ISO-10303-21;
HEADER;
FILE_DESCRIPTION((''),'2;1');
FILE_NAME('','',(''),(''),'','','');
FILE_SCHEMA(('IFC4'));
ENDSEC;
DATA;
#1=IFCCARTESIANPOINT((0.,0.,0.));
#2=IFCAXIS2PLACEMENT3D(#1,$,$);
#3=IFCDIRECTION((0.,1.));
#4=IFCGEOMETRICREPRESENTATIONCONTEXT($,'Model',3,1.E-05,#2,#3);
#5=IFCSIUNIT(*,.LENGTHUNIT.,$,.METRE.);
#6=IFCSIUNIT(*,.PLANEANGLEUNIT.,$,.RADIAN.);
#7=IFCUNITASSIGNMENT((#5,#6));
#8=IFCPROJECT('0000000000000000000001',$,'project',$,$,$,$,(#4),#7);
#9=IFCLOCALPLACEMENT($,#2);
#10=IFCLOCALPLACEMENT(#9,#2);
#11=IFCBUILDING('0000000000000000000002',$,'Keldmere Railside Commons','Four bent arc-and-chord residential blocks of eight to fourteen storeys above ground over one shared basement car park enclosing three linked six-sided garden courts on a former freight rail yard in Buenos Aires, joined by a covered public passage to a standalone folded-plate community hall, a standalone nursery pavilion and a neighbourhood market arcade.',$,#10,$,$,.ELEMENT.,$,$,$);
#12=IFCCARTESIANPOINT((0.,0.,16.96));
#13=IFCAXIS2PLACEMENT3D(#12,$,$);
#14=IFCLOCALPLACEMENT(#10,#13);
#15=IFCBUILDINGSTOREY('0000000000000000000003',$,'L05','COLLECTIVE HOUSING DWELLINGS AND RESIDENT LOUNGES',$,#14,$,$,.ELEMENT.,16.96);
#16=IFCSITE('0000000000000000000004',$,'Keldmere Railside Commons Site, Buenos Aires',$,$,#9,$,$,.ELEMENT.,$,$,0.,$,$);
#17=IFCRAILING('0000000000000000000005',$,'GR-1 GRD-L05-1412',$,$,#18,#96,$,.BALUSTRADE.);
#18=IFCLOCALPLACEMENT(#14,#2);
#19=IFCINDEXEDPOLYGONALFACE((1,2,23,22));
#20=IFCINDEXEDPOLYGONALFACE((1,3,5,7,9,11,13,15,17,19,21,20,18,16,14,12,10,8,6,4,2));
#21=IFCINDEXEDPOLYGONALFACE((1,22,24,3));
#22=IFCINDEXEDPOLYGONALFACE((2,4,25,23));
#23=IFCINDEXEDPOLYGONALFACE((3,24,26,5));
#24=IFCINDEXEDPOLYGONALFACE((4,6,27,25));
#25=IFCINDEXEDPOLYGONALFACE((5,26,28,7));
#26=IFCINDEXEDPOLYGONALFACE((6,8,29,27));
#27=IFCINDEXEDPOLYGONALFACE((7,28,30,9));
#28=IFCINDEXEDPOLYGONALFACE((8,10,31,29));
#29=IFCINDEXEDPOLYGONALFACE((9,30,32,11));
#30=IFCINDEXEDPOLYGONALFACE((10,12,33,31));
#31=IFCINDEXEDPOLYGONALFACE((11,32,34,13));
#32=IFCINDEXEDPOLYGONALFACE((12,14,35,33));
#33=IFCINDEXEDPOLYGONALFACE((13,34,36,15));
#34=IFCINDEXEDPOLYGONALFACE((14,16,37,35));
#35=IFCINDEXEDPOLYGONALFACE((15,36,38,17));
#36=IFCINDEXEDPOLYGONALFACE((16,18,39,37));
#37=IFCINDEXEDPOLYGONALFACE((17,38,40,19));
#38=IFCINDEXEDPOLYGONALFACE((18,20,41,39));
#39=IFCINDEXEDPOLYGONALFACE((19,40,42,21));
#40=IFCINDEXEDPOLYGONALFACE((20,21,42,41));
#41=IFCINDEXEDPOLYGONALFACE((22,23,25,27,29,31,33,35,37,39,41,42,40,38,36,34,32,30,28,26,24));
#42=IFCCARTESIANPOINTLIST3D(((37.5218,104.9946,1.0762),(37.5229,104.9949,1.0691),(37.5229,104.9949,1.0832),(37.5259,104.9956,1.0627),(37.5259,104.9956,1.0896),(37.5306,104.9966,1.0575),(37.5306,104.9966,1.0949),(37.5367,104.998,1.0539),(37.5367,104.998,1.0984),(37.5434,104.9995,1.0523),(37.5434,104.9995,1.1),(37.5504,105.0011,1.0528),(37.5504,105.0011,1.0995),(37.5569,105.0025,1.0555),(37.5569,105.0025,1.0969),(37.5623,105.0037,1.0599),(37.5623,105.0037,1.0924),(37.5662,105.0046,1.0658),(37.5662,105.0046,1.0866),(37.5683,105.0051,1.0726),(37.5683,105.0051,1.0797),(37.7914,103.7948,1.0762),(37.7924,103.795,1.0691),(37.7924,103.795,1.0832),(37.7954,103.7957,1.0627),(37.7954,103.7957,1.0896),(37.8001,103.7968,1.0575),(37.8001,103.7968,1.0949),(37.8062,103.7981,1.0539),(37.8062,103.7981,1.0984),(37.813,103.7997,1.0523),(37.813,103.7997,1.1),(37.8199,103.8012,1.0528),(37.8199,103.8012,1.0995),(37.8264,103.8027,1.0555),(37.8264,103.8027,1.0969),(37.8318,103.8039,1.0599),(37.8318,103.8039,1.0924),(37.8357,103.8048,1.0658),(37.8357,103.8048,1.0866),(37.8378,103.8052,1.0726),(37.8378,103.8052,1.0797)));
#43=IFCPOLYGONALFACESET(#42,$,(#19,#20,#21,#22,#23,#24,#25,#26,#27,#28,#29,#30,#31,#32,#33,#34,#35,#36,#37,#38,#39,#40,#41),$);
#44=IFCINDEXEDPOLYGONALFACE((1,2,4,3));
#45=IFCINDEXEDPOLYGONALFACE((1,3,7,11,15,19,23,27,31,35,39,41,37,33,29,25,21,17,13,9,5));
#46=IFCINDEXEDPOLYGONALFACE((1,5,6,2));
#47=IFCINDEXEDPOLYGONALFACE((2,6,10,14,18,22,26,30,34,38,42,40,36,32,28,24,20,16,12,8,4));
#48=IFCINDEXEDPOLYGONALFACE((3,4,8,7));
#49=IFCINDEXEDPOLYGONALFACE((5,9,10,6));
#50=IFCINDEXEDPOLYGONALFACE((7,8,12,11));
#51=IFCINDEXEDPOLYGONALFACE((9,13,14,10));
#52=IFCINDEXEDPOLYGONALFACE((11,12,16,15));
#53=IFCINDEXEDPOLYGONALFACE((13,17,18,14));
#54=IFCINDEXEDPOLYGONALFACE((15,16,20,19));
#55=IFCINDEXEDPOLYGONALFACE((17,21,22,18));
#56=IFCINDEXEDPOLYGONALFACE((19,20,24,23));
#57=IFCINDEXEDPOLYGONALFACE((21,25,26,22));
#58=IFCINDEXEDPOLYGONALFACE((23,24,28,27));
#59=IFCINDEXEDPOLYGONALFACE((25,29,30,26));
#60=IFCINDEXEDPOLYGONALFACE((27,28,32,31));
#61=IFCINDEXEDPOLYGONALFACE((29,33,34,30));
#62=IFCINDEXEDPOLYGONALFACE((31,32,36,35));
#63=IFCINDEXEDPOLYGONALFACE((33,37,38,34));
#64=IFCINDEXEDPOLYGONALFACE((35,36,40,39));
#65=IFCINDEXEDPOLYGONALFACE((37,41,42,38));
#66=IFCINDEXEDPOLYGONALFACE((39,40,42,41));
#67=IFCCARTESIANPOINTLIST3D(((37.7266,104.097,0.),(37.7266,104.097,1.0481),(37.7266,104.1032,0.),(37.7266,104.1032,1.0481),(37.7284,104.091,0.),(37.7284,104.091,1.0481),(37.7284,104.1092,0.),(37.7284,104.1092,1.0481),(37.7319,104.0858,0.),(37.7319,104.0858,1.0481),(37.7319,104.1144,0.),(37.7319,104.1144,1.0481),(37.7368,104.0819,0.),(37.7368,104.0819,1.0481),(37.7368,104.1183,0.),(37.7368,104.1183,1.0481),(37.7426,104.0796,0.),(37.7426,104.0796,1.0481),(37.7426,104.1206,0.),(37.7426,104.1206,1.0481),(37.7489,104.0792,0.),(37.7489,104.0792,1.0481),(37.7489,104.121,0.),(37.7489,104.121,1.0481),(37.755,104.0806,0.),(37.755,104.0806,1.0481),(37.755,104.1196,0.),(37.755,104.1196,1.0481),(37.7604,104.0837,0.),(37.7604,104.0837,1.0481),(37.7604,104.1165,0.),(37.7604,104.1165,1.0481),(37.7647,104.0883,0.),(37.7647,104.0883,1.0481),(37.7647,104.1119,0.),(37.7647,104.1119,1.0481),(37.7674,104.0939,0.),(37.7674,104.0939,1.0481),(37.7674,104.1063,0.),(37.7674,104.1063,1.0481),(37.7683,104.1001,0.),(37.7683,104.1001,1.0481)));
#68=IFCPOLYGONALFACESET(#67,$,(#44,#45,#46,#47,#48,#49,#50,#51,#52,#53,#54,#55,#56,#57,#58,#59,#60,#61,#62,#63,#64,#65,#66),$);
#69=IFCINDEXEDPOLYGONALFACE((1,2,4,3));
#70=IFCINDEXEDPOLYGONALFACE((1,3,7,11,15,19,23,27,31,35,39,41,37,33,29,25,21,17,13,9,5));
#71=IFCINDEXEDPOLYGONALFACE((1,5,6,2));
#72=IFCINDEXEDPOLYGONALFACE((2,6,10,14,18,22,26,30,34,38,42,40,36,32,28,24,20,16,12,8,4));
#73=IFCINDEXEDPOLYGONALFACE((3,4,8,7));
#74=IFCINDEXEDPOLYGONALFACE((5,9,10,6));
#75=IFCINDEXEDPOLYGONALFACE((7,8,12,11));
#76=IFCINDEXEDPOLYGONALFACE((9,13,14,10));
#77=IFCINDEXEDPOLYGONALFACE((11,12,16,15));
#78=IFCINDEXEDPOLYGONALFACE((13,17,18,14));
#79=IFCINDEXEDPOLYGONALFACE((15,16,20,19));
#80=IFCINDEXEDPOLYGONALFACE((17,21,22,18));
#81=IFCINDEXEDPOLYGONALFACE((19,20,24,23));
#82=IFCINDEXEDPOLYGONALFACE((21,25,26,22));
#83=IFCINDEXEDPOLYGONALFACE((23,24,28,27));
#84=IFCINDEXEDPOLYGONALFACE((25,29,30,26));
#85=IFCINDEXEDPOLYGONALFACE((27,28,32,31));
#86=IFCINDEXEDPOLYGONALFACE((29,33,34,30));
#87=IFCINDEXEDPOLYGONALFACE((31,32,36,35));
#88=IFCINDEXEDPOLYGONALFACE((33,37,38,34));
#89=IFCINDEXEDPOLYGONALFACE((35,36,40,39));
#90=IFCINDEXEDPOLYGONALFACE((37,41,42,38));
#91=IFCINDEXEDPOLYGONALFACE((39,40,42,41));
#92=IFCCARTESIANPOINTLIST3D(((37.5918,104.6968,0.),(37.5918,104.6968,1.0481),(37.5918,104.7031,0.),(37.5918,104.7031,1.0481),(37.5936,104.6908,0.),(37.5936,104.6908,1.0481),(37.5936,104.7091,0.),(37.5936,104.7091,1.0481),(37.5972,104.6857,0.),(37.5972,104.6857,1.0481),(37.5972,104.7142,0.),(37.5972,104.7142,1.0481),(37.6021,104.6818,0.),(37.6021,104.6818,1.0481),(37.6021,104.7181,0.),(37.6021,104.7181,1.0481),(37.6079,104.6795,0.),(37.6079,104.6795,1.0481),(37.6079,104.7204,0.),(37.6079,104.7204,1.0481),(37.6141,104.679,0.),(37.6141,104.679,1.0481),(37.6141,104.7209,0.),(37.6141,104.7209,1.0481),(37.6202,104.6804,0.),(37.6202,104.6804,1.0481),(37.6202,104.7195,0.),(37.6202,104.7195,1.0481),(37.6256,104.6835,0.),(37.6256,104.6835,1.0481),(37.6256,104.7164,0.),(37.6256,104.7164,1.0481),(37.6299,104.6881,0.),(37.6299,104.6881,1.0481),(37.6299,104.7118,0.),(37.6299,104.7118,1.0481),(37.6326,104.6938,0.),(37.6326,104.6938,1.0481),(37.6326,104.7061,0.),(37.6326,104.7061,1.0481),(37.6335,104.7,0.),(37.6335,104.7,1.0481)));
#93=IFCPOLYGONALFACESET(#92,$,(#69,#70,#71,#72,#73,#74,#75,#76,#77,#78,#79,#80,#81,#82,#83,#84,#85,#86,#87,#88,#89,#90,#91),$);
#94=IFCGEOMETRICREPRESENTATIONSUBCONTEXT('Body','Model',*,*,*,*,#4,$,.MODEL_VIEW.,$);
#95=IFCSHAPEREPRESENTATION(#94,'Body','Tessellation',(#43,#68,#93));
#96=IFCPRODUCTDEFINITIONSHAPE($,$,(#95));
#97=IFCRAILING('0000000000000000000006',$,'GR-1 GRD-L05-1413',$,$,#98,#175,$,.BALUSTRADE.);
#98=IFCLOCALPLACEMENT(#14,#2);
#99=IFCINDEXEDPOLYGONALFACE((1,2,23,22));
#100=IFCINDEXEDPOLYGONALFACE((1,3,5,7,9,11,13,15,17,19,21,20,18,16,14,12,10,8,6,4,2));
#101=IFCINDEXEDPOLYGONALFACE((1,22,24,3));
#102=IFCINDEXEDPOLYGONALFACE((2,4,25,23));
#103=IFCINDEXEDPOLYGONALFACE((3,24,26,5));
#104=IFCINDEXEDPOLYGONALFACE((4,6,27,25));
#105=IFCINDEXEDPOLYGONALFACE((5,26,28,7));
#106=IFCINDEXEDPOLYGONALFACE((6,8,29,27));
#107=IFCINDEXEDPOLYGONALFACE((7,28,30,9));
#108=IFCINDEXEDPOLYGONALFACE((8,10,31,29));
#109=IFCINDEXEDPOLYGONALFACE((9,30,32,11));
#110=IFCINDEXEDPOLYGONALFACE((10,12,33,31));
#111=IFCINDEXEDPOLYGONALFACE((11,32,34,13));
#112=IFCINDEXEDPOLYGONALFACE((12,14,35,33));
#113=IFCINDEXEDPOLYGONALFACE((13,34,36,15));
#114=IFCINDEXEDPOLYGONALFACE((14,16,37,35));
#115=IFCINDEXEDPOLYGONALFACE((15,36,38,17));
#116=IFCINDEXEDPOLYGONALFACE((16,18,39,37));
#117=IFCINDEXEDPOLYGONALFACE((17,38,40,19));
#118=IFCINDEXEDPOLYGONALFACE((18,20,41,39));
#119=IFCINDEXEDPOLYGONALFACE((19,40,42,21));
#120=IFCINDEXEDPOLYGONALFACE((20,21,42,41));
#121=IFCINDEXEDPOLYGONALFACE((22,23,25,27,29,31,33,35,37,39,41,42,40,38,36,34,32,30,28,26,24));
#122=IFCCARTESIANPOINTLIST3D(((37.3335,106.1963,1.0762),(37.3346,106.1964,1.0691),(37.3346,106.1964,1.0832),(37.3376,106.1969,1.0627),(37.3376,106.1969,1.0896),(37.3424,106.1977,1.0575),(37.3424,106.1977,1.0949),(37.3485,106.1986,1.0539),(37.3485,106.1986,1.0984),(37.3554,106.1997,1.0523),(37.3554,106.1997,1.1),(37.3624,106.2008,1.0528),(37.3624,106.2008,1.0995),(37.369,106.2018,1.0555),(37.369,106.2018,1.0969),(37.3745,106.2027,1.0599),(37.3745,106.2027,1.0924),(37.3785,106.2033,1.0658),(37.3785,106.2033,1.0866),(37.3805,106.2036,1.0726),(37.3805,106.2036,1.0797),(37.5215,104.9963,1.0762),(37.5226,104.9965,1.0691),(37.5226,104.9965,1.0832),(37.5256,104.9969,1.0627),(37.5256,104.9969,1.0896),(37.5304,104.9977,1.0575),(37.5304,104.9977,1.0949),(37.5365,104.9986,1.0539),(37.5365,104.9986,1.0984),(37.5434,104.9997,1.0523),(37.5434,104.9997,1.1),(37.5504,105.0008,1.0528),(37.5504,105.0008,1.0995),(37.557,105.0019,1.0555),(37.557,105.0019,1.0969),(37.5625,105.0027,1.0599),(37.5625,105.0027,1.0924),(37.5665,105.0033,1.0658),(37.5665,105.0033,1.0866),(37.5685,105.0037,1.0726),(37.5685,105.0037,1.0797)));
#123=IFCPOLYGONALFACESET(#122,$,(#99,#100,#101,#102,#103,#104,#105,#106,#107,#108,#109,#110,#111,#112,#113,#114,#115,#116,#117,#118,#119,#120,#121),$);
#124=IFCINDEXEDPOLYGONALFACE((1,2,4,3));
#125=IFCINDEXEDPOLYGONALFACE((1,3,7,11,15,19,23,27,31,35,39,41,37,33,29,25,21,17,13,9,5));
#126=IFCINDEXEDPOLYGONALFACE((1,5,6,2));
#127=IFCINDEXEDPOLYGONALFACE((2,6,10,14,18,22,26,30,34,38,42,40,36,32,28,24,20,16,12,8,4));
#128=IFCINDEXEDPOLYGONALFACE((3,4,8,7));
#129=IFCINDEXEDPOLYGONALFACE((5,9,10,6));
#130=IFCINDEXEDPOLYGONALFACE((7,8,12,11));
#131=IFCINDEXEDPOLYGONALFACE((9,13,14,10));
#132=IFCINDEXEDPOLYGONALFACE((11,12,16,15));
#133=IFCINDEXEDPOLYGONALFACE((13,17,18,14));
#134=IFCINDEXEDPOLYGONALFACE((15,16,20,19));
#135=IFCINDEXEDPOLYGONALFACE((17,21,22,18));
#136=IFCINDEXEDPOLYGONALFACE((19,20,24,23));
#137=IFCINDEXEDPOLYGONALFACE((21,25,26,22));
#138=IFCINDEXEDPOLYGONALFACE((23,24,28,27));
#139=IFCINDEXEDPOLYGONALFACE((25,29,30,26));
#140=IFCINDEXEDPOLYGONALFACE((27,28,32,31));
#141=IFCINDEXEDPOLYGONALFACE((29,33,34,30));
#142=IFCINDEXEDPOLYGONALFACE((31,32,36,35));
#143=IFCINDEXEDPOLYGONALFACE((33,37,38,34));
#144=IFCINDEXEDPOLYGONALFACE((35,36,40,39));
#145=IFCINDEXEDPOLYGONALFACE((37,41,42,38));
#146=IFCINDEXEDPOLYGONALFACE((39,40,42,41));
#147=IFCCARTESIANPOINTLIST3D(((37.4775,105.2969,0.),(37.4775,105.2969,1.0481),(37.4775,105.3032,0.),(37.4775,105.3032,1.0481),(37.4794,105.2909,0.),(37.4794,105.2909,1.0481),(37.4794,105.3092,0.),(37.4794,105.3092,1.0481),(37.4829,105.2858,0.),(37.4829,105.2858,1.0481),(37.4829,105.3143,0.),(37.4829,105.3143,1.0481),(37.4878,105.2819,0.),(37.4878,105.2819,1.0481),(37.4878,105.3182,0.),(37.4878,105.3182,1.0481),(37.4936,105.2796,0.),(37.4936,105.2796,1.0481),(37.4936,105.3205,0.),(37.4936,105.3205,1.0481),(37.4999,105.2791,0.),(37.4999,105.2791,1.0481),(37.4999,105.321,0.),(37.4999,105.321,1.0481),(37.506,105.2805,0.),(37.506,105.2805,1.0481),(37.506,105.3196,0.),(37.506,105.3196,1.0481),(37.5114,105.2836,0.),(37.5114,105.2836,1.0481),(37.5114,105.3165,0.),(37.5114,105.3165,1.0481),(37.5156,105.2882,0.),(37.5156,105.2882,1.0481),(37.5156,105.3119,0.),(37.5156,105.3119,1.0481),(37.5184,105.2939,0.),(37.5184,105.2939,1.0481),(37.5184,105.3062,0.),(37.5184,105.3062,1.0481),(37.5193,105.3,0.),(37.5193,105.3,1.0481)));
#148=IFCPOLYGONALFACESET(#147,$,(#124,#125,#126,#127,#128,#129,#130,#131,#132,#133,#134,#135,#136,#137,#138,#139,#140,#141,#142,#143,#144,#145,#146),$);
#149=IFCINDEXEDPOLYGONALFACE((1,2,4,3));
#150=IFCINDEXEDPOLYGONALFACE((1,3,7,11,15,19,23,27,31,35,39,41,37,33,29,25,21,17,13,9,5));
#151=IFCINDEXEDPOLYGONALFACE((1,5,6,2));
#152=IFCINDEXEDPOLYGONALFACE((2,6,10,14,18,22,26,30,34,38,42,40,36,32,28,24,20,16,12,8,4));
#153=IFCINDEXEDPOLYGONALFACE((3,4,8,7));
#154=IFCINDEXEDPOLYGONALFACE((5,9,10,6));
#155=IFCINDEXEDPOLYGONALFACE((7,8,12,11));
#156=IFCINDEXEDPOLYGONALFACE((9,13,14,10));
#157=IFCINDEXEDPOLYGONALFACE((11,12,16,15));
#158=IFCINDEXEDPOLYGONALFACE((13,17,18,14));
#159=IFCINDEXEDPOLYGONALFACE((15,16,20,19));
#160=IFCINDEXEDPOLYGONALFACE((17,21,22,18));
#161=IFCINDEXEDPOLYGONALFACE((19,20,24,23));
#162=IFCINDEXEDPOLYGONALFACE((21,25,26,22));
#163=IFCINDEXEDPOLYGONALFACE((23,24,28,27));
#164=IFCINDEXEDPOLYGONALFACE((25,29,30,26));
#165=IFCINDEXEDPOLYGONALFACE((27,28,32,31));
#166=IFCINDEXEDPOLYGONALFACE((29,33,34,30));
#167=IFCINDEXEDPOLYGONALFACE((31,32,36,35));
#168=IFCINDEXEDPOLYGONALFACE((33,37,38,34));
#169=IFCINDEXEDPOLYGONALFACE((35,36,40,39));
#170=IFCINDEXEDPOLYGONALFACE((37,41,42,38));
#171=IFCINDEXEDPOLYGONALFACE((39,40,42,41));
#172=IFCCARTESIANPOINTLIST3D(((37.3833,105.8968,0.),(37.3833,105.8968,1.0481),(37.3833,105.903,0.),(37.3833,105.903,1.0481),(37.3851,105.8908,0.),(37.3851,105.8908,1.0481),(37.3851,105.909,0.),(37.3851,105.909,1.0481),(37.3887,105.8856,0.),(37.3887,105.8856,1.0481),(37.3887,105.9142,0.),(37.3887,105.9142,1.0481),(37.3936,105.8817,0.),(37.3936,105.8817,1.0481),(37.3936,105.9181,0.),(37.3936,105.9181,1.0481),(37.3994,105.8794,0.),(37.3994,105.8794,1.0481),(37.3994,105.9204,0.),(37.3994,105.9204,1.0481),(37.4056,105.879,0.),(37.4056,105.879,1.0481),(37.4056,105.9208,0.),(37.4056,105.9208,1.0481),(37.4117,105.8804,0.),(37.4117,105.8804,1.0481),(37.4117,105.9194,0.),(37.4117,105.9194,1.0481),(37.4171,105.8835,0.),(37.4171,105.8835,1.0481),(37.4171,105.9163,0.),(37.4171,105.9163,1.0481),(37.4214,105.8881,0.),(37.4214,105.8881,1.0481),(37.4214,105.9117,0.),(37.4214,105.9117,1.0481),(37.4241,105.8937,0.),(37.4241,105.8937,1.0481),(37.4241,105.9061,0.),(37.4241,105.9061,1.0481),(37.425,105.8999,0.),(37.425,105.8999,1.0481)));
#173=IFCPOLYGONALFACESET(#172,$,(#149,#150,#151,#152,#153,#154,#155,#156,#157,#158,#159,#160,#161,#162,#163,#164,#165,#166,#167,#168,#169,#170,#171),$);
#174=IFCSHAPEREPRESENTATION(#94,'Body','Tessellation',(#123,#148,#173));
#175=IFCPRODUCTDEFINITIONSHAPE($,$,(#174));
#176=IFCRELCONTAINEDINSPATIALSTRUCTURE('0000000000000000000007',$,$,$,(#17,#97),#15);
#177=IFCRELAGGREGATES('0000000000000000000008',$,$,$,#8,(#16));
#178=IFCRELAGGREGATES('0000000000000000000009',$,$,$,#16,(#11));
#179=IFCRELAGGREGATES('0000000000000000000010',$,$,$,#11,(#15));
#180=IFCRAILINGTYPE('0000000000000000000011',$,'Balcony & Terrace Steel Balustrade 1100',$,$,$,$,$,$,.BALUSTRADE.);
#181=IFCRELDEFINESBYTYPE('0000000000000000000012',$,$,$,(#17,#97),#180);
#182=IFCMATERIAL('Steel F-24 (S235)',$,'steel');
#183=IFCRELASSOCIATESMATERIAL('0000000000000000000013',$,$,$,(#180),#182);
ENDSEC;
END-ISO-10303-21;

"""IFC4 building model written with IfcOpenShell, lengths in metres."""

from ifc_helpers import new_model, si_unit, direction, frame, origin, origin_2d, place, context, subcontext, project, spatial, circle, extrude, material, type_object, element, save


model = new_model("IFC4")

# Units and contexts
model_context = context("Model", 3, precision=1e-05, world=origin(), true_north=direction((0.0, 1.0)))
body_context = subcontext(model_context, "Body", "Model", "MODEL_VIEW")
ifc_project = project(units=[si_unit("LENGTHUNIT", "METRE"), si_unit("PLANEANGLEUNIT", "RADIAN")], contexts=[model_context])

# Site, building, storey
site_placement = place(None, origin())
site = spatial("IfcSite", under=ifc_project, at=site_placement, Name="Keldmere Railside Commons Site, Buenos Aires", CompositionType="ELEMENT", RefElevation=0.0)
building_placement = place(site_placement, origin())
building = spatial("IfcBuilding", under=site, at=building_placement, Name="Keldmere Railside Commons", Description="Four bent arc-and-chord residential blocks of eight to fourteen storeys above ground over one shared basement car park enclosing three linked six-sided garden courts on a former freight rail yard in Buenos Aires, joined by a covered public passage to a standalone folded-plate community hall, a standalone nursery pavilion and a neighbourhood market arcade.", CompositionType="ELEMENT")
storey_placement = place(building_placement, frame((0.0, 0.0, 16.96)))
storey = spatial("IfcBuildingStorey", under=building, at=storey_placement, Name="L05", Description="COLLECTIVE HOUSING DWELLINGS AND RESIDENT LOUNGES", CompositionType="ELEMENT", Elevation=16.96)

# Shared definitions
ifc_material_1 = material(Name="Steel F-24 (S235)", Category="steel")

# Railings
railing_type_1 = type_object("IfcRailingType", Name="Balcony & Terrace Steel Balustrade 1100", PredefinedType="BALUSTRADE", material=ifc_material_1)
railing_1_placement = place(storey_placement, frame((37.8147, 103.8, 0.0)))
element("IfcRailing", 1, at=railing_1_placement, inside=storey, type_object=railing_type_1, Name="GR-1 GRD-L05-1412", PredefinedType="BALUSTRADE", context=body_context, shape_type="SweptSolid", body=[
    extrude(circle(Radius=0.0239, at=origin_2d()), frame((0.0, 0.0, 1.0762), z_axis=(-0.219158, 0.975689, 0.0), x_axis=(-0.975689, -0.219158, 0.0)), (0.0, 0.0, 1.0), 1.2297),
    extrude(circle(Radius=0.021, at=origin_2d()), frame((-0.0674, 0.3, 0.0)), (0.0, 0.0, 1.0), 1.0481),
    extrude(circle(Radius=0.021, at=origin_2d()), frame((-0.2021, 0.8999, 0.0)), (0.0, 0.0, 1.0), 1.0481),
])
railing_2_placement = place(storey_placement, frame((37.5452, 105.0, 0.0)))
element("IfcRailing", 2, at=railing_2_placement, inside=storey, type_object=railing_type_1, Name="GR-1 GRD-L05-1413", PredefinedType="BALUSTRADE", context=body_context, shape_type="SweptSolid", body=[
    extrude(circle(Radius=0.0239, at=origin_2d()), frame((0.0, 0.0, 1.0762), z_axis=(-0.154775, 0.98795, 0.0), x_axis=(-0.98795, -0.154775, 0.0)), (0.0, 0.0, 1.0), 1.2146),
    extrude(circle(Radius=0.021, at=origin_2d()), frame((-0.0469, 0.3, 0.0)), (0.0, 0.0, 1.0), 1.0481),
    extrude(circle(Radius=0.021, at=origin_2d()), frame((-0.1411, 0.8999, 0.0)), (0.0, 0.0, 1.0), 1.0481),
])

save(model, "model.ifc")
